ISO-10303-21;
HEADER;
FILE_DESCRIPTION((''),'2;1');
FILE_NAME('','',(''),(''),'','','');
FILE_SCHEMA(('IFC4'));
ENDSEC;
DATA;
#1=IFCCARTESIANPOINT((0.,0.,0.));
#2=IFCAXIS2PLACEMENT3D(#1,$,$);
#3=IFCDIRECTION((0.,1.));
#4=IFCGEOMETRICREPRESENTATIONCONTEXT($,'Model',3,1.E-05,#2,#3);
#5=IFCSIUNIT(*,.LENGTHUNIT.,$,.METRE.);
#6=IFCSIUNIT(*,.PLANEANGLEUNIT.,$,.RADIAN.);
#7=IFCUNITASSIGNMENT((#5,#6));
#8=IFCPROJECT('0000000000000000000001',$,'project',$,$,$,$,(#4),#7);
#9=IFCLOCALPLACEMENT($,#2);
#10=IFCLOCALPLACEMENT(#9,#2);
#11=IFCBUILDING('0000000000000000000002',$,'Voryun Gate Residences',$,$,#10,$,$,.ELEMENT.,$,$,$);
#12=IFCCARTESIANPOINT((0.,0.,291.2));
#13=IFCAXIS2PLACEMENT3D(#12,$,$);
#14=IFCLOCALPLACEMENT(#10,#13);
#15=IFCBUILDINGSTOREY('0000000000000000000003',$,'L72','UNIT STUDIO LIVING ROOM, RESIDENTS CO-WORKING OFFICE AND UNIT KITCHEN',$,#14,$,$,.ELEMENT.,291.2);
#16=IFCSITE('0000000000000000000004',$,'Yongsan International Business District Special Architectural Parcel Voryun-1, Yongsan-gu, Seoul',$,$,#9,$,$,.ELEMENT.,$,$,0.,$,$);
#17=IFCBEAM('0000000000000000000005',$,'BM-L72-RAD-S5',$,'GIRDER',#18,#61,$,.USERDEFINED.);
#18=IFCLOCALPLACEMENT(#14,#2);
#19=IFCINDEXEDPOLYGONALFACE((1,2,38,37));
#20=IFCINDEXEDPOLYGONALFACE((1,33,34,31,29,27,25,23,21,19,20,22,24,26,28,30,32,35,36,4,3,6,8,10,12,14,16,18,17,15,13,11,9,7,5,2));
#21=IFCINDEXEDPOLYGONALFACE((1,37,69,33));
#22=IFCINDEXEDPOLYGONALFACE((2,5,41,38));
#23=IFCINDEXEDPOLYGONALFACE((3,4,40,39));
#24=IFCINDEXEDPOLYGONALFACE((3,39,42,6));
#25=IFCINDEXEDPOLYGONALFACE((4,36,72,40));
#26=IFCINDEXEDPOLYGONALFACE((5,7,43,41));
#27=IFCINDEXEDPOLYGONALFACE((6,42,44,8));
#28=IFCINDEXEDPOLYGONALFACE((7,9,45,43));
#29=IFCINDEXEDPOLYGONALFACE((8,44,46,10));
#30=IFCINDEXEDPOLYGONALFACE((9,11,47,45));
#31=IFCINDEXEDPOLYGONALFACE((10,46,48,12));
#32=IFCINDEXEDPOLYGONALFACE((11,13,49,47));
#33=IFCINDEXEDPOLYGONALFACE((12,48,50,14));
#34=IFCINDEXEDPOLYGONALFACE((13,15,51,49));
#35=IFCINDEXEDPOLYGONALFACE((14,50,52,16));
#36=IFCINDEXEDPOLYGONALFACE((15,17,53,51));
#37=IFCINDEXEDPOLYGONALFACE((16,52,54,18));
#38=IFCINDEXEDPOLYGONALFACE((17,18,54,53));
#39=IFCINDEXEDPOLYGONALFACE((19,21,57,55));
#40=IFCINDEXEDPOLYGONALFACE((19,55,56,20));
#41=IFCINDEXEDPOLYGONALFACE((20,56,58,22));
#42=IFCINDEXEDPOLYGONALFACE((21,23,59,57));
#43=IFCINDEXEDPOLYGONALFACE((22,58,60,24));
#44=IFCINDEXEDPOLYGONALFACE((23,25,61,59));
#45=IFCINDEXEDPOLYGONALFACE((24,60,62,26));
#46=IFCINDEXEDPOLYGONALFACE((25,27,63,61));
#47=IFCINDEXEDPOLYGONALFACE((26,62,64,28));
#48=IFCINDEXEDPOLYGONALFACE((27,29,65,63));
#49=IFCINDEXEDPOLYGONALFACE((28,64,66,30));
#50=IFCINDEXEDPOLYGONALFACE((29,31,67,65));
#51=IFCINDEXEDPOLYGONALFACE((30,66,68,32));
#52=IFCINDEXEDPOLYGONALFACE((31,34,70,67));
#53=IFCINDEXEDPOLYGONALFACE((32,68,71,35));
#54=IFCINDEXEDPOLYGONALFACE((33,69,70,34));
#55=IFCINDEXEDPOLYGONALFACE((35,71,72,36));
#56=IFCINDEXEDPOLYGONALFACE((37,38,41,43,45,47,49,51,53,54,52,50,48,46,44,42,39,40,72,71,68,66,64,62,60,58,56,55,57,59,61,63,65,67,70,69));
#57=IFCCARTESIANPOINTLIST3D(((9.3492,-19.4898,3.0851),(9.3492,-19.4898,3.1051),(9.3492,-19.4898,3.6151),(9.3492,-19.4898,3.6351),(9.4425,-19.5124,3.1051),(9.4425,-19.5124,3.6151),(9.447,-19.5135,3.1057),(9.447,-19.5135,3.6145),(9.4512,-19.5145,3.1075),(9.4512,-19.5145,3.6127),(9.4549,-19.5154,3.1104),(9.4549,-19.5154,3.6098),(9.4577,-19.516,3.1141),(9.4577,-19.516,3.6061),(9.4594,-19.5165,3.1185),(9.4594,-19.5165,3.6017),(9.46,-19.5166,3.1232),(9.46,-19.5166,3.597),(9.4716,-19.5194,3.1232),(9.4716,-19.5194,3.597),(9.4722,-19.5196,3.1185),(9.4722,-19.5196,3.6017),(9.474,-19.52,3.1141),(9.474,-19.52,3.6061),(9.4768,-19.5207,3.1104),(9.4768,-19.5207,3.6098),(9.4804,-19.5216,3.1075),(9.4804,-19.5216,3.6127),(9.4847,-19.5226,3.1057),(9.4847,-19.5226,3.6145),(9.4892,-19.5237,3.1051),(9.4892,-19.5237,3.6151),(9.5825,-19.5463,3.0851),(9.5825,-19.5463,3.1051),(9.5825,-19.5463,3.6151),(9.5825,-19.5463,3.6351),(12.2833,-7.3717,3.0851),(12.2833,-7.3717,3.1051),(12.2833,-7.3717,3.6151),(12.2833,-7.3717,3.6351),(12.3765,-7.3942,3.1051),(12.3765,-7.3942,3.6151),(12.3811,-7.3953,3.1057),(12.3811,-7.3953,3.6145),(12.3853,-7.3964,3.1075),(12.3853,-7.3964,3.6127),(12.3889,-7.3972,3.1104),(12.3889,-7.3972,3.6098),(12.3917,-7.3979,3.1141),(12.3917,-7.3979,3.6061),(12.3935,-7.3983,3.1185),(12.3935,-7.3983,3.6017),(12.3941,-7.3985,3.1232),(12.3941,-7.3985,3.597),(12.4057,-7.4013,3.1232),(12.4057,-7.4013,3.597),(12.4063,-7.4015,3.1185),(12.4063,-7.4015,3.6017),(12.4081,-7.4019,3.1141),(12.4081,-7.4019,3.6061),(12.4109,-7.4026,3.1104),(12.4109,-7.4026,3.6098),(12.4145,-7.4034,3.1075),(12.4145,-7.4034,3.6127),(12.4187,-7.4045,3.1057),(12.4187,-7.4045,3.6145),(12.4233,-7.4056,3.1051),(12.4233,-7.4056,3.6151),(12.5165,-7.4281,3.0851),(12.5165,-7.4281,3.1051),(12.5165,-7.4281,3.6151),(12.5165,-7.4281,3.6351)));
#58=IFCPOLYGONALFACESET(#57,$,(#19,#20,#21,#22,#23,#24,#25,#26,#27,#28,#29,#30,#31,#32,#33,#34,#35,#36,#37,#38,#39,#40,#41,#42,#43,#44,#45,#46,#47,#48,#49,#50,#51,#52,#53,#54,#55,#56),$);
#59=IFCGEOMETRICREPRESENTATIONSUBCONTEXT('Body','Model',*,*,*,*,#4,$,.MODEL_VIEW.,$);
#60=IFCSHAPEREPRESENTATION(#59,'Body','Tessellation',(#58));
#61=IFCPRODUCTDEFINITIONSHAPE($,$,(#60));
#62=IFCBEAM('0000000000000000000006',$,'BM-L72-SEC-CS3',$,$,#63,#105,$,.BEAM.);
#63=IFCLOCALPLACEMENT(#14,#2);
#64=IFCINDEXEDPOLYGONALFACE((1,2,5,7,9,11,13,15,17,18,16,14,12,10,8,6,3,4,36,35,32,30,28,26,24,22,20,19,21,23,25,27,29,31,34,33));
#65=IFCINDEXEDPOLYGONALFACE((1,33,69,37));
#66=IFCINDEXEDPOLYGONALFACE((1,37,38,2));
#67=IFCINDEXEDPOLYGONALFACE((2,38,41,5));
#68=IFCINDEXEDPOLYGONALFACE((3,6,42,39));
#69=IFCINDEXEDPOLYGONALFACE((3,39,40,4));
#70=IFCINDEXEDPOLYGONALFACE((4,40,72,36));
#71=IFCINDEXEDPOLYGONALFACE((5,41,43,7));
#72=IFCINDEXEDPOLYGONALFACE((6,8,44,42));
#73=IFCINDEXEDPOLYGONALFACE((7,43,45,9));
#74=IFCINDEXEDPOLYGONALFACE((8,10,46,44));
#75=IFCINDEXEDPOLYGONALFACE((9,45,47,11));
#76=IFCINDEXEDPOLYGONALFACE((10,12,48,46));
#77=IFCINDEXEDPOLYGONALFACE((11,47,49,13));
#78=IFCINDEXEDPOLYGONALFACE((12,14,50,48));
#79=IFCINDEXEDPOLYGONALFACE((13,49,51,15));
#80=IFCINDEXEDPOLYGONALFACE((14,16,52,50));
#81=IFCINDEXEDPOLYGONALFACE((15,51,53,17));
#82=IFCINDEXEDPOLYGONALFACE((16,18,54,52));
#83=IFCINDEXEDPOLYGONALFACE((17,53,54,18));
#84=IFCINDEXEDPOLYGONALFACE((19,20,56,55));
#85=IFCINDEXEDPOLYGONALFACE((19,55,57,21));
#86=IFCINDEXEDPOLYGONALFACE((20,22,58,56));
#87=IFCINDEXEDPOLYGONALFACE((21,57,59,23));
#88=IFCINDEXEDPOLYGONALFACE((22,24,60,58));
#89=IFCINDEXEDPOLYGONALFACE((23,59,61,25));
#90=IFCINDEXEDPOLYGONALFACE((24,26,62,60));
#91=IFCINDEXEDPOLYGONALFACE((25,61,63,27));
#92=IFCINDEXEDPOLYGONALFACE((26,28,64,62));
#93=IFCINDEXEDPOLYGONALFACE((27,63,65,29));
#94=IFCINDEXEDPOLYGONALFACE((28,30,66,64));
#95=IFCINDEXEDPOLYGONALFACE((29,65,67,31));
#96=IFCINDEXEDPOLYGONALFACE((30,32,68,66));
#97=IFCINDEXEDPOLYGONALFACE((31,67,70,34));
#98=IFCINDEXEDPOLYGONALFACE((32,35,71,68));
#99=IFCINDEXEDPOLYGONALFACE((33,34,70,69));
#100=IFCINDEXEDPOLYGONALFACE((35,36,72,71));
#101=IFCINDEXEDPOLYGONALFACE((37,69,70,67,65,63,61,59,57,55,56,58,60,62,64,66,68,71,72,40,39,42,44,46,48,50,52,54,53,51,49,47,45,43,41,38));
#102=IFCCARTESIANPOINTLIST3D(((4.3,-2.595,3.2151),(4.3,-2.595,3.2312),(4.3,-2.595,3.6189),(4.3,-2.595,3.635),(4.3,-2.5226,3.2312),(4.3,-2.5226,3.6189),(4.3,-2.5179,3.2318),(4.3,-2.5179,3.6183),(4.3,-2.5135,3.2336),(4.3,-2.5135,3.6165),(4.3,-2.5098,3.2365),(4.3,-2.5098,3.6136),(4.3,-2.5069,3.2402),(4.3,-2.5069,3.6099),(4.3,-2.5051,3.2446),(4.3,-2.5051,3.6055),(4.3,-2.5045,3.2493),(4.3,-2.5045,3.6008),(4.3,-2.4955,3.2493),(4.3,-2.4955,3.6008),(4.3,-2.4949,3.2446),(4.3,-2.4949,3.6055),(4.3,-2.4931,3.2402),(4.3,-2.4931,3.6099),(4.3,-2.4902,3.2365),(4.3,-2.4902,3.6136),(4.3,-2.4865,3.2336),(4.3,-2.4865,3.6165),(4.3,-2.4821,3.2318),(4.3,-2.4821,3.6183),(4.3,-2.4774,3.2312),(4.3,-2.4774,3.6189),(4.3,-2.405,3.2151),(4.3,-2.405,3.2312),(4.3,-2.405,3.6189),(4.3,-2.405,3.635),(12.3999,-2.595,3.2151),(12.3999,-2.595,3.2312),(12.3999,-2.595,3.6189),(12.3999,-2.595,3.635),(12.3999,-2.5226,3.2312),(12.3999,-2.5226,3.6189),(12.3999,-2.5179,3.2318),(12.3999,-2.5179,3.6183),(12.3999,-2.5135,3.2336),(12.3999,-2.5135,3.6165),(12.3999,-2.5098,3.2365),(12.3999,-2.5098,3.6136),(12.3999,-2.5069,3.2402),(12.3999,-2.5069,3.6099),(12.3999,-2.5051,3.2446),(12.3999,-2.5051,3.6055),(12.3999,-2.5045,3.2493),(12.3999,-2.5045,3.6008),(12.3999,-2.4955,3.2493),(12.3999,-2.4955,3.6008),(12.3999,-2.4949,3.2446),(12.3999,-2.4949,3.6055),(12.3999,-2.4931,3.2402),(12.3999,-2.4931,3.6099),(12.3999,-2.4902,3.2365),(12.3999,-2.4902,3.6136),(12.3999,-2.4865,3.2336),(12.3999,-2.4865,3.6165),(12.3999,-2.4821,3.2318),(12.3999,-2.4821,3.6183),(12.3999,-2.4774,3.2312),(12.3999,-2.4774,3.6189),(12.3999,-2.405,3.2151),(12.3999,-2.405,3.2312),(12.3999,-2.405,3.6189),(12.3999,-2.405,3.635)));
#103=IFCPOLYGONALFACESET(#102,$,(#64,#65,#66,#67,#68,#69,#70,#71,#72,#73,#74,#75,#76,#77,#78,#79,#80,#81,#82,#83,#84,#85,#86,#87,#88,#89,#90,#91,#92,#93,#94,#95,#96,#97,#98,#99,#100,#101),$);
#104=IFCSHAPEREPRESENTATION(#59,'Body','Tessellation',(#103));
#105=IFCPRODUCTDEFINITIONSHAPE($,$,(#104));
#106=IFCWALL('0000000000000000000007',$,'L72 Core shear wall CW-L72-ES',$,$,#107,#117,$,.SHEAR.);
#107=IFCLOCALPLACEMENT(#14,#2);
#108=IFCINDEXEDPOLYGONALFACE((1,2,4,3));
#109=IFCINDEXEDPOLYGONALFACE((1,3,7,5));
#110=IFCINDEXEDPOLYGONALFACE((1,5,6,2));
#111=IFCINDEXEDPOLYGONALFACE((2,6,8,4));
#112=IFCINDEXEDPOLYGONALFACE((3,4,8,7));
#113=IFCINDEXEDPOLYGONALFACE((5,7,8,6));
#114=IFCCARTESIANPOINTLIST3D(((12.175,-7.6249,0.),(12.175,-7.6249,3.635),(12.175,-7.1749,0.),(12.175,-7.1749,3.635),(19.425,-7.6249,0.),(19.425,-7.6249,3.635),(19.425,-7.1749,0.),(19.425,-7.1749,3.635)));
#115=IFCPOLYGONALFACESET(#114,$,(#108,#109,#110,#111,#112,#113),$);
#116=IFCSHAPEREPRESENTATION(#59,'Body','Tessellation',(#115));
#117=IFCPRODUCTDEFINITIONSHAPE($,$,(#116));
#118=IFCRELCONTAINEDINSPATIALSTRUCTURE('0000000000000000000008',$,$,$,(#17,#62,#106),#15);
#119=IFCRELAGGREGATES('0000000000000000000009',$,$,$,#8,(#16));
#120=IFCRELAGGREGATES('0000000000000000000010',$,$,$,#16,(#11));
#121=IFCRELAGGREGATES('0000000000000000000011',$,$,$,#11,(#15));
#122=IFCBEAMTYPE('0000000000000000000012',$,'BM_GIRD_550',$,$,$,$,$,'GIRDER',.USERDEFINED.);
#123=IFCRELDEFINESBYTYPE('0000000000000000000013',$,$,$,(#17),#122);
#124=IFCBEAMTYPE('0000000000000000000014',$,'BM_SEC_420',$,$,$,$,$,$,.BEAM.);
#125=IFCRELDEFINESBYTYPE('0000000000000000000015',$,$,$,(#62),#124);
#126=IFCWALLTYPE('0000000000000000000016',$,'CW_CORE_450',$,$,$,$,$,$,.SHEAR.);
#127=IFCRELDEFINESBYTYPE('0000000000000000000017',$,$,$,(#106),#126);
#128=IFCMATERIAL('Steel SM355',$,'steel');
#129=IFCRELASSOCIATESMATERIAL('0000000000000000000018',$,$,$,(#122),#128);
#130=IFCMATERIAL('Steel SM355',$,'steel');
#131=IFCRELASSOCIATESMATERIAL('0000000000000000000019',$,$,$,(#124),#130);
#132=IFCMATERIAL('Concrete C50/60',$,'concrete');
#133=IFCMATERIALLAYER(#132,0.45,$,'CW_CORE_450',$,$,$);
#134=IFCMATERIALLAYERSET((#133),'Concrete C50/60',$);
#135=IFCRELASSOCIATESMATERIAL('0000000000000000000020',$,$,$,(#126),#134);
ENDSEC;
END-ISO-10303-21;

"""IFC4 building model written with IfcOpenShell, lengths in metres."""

from ifc_helpers import new_model, si_unit, direction, frame, frame_2d, origin, origin_2d, place, context, subcontext, project, spatial, rectangle, i_section, extrude, material, layer, layer_set, material_profile, profile_set, type_object, element, save


model = new_model("IFC4")

# Units and contexts
model_context = context("Model", 3, precision=1e-05, world=origin(), true_north=direction((0.0, 1.0)))
body_context = subcontext(model_context, "Body", "Model", "MODEL_VIEW")
ifc_project = project(units=[si_unit("LENGTHUNIT", "METRE"), si_unit("PLANEANGLEUNIT", "RADIAN")], contexts=[model_context])

# Site, building, storey
site_placement = place(None, origin())
site = spatial("IfcSite", under=ifc_project, at=site_placement, Name="Yongsan International Business District Special Architectural Parcel Voryun-1, Yongsan-gu, Seoul", CompositionType="ELEMENT", RefElevation=0.0)
building_placement = place(site_placement, origin())
building = spatial("IfcBuilding", under=site, at=building_placement, Name="Voryun Gate Residences", CompositionType="ELEMENT")
storey_placement = place(building_placement, frame((0.0, 0.0, 291.2)))
storey = spatial("IfcBuildingStorey", under=building, at=storey_placement, Name="L72", Description="UNIT STUDIO LIVING ROOM, RESIDENTS CO-WORKING OFFICE AND UNIT KITCHEN", CompositionType="ELEMENT", Elevation=291.2)

# Beams
ifc_material_1 = material(Name="Steel SM355", Category="steel")
ifc_material_profile_1 = material_profile(ifc_material_1, i_section(OverallWidth=0.24, OverallDepth=0.55, WebThickness=0.012, FlangeThickness=0.02, FilletRadius=0.0181, at=origin_2d()), Name="H-550x240x12x20")
ifc_profile_set_1 = profile_set([ifc_material_profile_1], Name="Steel SM355")
beam_type_1 = type_object("IfcBeamType", Name="BM_GIRD_550", ElementType="GIRDER", PredefinedType="USERDEFINED", material=ifc_profile_set_1)
beam_1_placement = place(storey_placement, frame((12.3999, -7.3999, 3.3601), z_axis=(-0.235323, -0.971917, 0.0), x_axis=(0.971917, -0.235323, 0.0)))
element("IfcBeam", 1, at=beam_1_placement, inside=storey, type_object=beam_type_1, Name="BM-L72-RAD-S5", ObjectType="GIRDER", PredefinedType="USERDEFINED", context=body_context, shape_type="SweptSolid", body=[
    extrude(i_section(OverallWidth=0.24, OverallDepth=0.55, WebThickness=0.012, FlangeThickness=0.02, FilletRadius=0.0181, at=origin_2d()), origin(), (0.0, 0.0, 1.0), 12.4683),
])
ifc_material_2 = material(Name="Steel SM355", Category="steel")
ifc_material_profile_2 = material_profile(ifc_material_2, i_section(OverallWidth=0.1899, OverallDepth=0.4199, WebThickness=0.009, FlangeThickness=0.0161, FilletRadius=0.0181, at=origin_2d()), Name="H-420x190x9x16")
ifc_profile_set_2 = profile_set([ifc_material_profile_2], Name="Steel SM355")
beam_type_2 = type_object("IfcBeamType", Name="BM_SEC_420", PredefinedType="BEAM", material=ifc_profile_set_2)
beam_2_placement = place(storey_placement, frame((4.3, -2.5, 3.425), z_axis=(1.0, 0.0, 0.0), x_axis=(0.0, 1.0, 0.0)))
element("IfcBeam", 2, at=beam_2_placement, inside=storey, type_object=beam_type_2, Name="BM-L72-SEC-CS3", PredefinedType="BEAM", context=body_context, shape_type="SweptSolid", body=[
    extrude(i_section(OverallWidth=0.1899, OverallDepth=0.4199, WebThickness=0.009, FlangeThickness=0.0161, FilletRadius=0.0181, at=origin_2d()), origin(), (0.0, 0.0, 1.0), 8.0999),
])

# Wall
ifc_material_3 = material(Name="Concrete C50/60", Category="concrete")
ifc_layer_1 = layer(ifc_material_3, 0.45, Name="CW_CORE_450")
ifc_layer_set_1 = layer_set([ifc_layer_1], Name="Concrete C50/60")
wall_type_1 = type_object("IfcWallType", Name="CW_CORE_450", PredefinedType="SHEAR", material=ifc_layer_set_1)
wall_1_placement = place(storey_placement, frame((12.175, -7.3999, 0.0), z_axis=(0.0, 0.0, 1.0), x_axis=(1.0, 0.0, 0.0)))
element("IfcWall", 3, at=wall_1_placement, inside=storey, type_object=wall_type_1, Name="L72 Core shear wall CW-L72-ES", PredefinedType="SHEAR", context=body_context, shape_type="SweptSolid", body=[
    extrude(rectangle(XDim=7.25, YDim=0.45, at=frame_2d((3.625, 0.0))), origin(), (0.0, 0.0, 1.0), 3.635),
])

save(model, "model.ifc")
